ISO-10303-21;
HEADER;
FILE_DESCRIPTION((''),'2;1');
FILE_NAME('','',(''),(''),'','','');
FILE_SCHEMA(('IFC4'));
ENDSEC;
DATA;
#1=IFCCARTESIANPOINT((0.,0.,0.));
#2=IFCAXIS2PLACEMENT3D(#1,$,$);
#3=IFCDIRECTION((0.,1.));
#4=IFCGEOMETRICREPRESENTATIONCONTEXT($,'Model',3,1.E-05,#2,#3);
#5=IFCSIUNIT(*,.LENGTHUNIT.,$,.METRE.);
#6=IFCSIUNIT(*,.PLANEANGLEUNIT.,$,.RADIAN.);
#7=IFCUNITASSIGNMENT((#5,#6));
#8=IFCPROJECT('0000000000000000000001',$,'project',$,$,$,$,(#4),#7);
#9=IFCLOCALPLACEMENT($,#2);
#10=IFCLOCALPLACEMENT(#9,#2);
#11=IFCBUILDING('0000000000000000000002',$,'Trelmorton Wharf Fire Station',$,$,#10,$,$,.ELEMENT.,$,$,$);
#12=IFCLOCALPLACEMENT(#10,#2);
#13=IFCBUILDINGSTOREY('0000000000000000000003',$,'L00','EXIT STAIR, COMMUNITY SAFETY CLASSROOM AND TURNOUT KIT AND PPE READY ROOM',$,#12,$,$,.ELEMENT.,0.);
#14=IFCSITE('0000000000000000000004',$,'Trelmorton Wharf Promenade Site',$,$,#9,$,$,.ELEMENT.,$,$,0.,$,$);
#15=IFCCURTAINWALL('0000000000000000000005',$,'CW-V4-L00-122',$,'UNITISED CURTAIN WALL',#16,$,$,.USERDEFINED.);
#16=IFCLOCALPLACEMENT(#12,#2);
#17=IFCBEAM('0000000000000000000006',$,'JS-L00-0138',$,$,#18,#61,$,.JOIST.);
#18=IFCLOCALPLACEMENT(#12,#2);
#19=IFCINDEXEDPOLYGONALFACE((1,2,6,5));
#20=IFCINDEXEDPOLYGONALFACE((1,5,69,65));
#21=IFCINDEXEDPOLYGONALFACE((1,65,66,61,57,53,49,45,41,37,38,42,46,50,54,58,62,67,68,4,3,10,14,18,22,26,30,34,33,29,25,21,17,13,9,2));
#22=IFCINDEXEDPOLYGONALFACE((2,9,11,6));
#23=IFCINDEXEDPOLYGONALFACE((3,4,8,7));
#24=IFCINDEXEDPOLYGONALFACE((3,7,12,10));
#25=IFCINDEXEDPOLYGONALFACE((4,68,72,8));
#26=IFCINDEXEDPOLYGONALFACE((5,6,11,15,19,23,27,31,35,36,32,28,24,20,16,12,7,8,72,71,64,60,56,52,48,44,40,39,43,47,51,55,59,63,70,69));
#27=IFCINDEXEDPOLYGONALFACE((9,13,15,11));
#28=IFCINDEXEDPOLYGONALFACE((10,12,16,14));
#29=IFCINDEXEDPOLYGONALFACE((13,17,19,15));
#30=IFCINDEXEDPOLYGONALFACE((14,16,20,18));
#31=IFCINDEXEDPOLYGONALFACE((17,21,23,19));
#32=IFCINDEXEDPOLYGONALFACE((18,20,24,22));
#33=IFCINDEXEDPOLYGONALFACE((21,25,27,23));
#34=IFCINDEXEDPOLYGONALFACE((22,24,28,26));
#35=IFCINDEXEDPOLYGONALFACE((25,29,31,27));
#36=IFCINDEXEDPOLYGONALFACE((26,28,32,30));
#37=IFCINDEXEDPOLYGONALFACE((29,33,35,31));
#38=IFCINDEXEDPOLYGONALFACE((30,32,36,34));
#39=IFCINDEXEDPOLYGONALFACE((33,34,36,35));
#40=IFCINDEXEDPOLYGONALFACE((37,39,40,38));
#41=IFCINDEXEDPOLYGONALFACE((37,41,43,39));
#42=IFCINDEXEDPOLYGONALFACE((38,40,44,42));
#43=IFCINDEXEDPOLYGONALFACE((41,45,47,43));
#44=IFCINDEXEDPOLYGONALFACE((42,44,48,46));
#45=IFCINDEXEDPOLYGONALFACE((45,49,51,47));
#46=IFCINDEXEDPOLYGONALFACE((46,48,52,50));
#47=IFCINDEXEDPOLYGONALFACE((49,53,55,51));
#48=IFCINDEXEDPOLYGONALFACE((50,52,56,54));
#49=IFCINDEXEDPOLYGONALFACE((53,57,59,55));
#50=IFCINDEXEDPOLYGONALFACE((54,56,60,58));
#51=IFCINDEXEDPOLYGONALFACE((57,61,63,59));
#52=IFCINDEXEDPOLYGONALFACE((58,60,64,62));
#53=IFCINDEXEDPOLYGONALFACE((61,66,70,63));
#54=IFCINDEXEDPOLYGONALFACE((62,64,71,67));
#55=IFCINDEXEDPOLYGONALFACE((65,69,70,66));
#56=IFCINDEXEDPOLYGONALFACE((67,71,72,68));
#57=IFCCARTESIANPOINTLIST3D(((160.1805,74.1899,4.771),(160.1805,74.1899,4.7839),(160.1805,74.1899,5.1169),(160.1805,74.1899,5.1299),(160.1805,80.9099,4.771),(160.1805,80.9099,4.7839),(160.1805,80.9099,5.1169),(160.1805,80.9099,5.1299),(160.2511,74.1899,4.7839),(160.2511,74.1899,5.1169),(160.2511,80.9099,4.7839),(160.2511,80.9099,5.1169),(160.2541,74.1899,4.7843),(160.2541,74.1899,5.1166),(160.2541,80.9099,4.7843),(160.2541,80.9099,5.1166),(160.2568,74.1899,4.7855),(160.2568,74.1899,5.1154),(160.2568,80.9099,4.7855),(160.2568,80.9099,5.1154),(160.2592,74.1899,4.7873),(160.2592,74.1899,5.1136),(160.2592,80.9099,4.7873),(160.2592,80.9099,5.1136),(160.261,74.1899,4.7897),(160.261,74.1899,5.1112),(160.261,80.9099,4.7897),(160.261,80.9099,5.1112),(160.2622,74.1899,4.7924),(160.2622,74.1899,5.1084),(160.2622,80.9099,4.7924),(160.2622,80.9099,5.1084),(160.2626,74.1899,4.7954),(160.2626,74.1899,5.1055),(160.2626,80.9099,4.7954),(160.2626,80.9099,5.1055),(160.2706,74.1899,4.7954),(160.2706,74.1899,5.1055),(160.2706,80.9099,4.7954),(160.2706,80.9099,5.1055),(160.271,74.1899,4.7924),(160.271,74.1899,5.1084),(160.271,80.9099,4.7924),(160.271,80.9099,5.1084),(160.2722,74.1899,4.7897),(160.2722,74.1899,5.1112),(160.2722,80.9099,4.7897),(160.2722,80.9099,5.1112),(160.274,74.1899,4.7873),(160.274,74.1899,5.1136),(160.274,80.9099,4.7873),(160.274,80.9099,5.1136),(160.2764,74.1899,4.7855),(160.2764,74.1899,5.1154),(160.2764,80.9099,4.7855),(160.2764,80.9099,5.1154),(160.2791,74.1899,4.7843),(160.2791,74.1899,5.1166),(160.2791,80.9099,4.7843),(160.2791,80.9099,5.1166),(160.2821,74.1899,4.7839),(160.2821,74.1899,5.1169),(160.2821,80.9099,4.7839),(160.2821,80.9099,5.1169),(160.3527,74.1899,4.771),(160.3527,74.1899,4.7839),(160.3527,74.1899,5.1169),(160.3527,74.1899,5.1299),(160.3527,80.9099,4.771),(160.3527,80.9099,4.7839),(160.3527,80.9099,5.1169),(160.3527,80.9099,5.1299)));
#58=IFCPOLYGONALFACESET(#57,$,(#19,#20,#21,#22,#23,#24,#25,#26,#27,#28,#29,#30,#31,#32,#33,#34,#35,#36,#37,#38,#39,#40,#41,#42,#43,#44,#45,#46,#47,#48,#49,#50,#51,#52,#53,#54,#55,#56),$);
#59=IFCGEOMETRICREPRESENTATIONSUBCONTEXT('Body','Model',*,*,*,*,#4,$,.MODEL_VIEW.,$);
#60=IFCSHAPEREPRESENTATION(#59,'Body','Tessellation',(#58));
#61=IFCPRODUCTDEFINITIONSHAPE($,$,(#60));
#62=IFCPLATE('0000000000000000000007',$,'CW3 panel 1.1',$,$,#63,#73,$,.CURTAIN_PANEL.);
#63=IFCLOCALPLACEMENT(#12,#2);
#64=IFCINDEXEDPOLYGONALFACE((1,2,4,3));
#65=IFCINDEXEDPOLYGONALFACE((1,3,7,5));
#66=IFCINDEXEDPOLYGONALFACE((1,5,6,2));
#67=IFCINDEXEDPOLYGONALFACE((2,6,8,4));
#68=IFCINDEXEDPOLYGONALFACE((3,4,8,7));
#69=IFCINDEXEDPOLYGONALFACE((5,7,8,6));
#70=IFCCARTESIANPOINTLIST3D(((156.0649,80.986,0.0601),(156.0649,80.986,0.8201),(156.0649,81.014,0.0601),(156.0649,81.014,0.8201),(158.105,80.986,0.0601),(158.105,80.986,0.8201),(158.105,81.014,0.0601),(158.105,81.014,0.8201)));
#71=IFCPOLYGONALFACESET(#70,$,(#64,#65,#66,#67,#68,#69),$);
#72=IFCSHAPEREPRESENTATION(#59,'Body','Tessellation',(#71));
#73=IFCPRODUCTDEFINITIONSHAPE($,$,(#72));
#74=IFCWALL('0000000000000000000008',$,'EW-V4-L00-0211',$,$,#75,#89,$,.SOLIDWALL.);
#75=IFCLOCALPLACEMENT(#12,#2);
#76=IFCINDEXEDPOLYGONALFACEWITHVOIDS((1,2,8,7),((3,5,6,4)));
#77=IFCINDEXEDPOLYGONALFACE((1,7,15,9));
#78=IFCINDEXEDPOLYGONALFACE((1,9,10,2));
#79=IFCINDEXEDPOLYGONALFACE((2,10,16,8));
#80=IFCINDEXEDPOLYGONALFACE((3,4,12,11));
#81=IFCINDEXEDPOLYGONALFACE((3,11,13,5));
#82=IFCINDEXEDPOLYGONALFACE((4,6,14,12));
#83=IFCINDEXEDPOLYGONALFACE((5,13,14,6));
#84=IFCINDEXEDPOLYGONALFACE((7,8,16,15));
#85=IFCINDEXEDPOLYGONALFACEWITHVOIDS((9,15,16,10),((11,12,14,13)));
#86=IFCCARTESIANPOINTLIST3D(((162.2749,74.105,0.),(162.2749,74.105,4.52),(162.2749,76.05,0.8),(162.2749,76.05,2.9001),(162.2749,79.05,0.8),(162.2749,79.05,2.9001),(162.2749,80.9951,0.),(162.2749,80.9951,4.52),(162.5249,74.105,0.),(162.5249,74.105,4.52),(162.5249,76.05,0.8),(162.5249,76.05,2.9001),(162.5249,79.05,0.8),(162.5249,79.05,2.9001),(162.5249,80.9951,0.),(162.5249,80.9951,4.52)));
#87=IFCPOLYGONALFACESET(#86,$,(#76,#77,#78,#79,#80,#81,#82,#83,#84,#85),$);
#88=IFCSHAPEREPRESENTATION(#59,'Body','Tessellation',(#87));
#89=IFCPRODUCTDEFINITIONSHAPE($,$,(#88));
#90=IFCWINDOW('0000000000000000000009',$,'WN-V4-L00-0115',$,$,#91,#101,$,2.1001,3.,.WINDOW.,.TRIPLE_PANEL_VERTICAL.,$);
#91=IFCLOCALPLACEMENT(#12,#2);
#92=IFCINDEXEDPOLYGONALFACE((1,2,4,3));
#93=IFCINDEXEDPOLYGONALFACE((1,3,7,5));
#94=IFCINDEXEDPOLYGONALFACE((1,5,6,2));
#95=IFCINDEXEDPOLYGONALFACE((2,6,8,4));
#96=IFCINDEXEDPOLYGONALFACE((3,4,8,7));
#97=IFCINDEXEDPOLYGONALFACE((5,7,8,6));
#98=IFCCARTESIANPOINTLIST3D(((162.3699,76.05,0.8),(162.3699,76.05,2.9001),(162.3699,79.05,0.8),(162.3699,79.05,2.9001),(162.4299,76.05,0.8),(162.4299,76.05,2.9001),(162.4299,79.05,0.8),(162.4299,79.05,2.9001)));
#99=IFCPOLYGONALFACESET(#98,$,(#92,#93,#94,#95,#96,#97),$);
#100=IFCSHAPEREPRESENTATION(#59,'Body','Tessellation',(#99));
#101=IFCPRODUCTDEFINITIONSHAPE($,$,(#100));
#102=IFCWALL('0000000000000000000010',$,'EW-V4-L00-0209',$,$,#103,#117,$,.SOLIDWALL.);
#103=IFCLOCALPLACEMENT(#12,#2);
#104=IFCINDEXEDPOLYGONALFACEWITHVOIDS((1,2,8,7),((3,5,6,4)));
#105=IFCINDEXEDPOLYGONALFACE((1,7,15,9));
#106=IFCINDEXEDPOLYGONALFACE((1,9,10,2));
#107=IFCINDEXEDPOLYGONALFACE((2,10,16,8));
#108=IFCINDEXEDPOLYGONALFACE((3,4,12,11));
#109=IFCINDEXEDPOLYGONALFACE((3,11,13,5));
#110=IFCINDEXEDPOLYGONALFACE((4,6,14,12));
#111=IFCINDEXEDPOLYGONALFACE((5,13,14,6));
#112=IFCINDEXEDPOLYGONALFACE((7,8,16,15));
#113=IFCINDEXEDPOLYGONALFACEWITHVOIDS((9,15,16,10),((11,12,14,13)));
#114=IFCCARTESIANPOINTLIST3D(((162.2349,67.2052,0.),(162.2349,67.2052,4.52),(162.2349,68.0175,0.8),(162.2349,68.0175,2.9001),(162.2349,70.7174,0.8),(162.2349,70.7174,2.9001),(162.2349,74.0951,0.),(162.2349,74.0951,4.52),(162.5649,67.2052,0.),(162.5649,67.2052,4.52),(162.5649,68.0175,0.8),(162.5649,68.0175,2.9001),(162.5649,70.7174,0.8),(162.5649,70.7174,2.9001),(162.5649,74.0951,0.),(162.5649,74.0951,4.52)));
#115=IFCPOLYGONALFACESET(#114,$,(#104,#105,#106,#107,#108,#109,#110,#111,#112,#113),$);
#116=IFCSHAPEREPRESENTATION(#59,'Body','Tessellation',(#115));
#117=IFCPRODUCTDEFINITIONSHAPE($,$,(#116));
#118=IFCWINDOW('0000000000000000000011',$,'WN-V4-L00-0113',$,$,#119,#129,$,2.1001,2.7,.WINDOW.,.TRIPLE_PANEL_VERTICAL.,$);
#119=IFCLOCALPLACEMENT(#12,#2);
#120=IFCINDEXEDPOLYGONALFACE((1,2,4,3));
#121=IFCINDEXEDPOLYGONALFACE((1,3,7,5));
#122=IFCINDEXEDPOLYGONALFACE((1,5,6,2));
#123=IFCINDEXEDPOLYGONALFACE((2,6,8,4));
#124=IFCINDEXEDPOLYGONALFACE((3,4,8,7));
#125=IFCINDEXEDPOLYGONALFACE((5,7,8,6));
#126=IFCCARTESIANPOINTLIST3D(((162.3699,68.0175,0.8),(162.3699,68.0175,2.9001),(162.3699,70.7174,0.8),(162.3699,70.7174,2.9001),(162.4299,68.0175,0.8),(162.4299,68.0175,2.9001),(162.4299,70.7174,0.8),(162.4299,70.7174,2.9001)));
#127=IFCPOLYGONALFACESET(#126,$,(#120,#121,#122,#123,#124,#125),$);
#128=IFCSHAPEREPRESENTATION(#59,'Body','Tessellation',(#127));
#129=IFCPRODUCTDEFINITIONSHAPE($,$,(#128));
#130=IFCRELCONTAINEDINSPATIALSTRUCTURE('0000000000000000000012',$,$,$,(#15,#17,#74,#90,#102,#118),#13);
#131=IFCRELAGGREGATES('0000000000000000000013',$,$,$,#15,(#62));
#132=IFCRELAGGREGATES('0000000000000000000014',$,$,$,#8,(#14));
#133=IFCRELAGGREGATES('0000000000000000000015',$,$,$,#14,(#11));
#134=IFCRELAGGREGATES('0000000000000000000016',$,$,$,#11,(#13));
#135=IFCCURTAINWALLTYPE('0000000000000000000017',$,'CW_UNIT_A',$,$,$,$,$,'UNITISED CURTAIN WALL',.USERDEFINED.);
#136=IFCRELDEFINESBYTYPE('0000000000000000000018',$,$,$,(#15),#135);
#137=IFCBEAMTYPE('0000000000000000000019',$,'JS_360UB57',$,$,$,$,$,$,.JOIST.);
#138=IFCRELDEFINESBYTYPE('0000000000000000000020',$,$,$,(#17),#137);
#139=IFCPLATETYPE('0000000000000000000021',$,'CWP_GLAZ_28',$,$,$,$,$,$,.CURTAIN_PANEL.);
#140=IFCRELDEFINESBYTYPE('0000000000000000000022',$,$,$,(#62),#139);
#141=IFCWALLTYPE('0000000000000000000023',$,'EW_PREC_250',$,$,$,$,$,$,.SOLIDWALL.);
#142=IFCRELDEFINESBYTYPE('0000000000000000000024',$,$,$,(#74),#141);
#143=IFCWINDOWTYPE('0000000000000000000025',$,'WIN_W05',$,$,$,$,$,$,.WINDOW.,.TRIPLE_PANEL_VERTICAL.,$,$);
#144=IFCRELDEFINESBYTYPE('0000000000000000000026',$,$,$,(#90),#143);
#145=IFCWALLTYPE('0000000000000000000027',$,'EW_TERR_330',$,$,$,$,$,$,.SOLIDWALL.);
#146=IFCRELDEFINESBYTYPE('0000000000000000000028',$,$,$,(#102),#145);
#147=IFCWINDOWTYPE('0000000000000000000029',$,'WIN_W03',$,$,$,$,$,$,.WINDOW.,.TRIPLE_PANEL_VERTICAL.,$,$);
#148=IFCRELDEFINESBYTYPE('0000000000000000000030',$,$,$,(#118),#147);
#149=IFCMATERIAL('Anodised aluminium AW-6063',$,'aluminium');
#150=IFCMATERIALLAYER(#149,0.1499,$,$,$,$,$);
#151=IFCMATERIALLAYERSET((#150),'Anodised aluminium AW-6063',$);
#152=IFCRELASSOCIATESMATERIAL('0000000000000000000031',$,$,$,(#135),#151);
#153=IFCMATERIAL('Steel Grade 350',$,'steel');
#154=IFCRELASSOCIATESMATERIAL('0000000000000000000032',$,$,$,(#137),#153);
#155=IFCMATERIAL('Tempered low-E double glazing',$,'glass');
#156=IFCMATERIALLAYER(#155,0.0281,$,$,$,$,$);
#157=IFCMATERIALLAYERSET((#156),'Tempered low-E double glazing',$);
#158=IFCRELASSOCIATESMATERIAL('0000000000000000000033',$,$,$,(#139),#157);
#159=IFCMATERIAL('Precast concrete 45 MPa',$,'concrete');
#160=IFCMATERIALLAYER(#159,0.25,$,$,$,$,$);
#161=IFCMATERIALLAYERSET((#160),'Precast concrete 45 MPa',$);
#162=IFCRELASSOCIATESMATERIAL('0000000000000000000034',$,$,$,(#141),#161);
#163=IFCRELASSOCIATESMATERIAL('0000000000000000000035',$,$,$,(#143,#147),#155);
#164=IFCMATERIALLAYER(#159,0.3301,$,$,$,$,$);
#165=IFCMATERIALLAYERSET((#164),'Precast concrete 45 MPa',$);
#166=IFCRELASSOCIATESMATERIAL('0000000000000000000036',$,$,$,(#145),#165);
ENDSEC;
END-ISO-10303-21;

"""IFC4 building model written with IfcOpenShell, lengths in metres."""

from ifc_helpers import new_model, si_unit, direction, frame, frame_2d, origin, origin_2d, place, context, subcontext, project, spatial, rectangle, i_section, extrude, material, layer, layer_set, material_profile, profile_set, type_object, element, fill, aggregate, save


model = new_model("IFC4")

# Units and contexts
model_context = context("Model", 3, precision=1e-05, world=origin(), true_north=direction((0.0, 1.0)))
body_context = subcontext(model_context, "Body", "Model", "MODEL_VIEW")
ifc_project = project(units=[si_unit("LENGTHUNIT", "METRE"), si_unit("PLANEANGLEUNIT", "RADIAN")], contexts=[model_context])

# Site, building, storey
site_placement = place(None, origin())
site = spatial("IfcSite", under=ifc_project, at=site_placement, Name="Trelmorton Wharf Promenade Site", CompositionType="ELEMENT", RefElevation=0.0)
building_placement = place(site_placement, origin())
building = spatial("IfcBuilding", under=site, at=building_placement, Name="Trelmorton Wharf Fire Station", CompositionType="ELEMENT")
storey_placement = place(building_placement, origin())
storey = spatial("IfcBuildingStorey", under=building, at=storey_placement, Name="L00", Description="EXIT STAIR, COMMUNITY SAFETY CLASSROOM AND TURNOUT KIT AND PPE READY ROOM", CompositionType="ELEMENT", Elevation=0.0)

# Shared definitions
ifc_material_1 = material(Name="Steel Grade 350", Category="steel")

# Curtain wall
ifc_material_2 = material(Name="Anodised aluminium AW-6063", Category="aluminium")
ifc_layer_1 = layer(ifc_material_2, 0.1499)
ifc_layer_set_1 = layer_set([ifc_layer_1], Name="Anodised aluminium AW-6063")
curtain_wall_type = type_object("IfcCurtainWallType", Name="CW_UNIT_A", ElementType="UNITISED CURTAIN WALL", PredefinedType="USERDEFINED", material=ifc_layer_set_1)
curtain_wall_placement = place(storey_placement, origin())
curtain_wall = element("IfcCurtainWall", 1, at=curtain_wall_placement, inside=storey, type_object=curtain_wall_type, Name="CW-V4-L00-122", ObjectType="UNITISED CURTAIN WALL", PredefinedType="USERDEFINED")

# Beam
ifc_material_profile_1 = material_profile(ifc_material_1, i_section(OverallWidth=0.1721, OverallDepth=0.3589, WebThickness=0.0081, FlangeThickness=0.0129, FilletRadius=0.0115, at=origin_2d()), Name="360UB56.7")
ifc_profile_set_1 = profile_set([ifc_material_profile_1], Name="Steel Grade 350")
beam_type_1 = type_object("IfcBeamType", Name="JS_360UB57", PredefinedType="JOIST", material=ifc_profile_set_1)
for number, where, z_axis, x_axis, name in (
    (2, (160.2666, 74.1899, 4.9504), (0.0, 1.0, 0.0), (-1.0, 0.0, 0.0), "JS-L00-0138"),
):
    element("IfcBeam", number, at=place(storey_placement, frame(where, z_axis=z_axis, x_axis=x_axis)), inside=storey, type_object=beam_type_1, Name=name, PredefinedType="JOIST", context=body_context, shape_type="SweptSolid", body=[
        extrude(i_section(OverallWidth=0.1721, OverallDepth=0.3589, WebThickness=0.0081, FlangeThickness=0.0129, FilletRadius=0.0115, at=origin_2d()), origin(), (0.0, 0.0, 1.0), 6.72),
    ])

# Plate
ifc_material_3 = material(Name="Tempered low-E double glazing", Category="glass")
ifc_layer_2 = layer(ifc_material_3, 0.0281)
ifc_layer_set_2 = layer_set([ifc_layer_2], Name="Tempered low-E double glazing")
plate_type = type_object("IfcPlateType", Name="CWP_GLAZ_28", PredefinedType="CURTAIN_PANEL", material=ifc_layer_set_2)
plate_placement = place(storey_placement, frame((157.085, 81.0, 0.0601), z_axis=(0.0, 0.0, 1.0), x_axis=(1.0, 0.0, 0.0)))
plate = element("IfcPlate", 3, at=plate_placement, type_object=plate_type, Name="CW3 panel 1.1", PredefinedType="CURTAIN_PANEL", context=body_context, shape_type="SweptSolid", body=[
    extrude(rectangle(XDim=2.04, YDim=0.0281, at=origin_2d()), origin(), (0.0, 0.0, 1.0), 0.76),
])
aggregate(curtain_wall, [plate])

# Walls, openings, windows
ifc_material_4 = material(Name="Precast concrete 45 MPa", Category="concrete")
ifc_layer_3 = layer(ifc_material_4, 0.25)
ifc_layer_set_3 = layer_set([ifc_layer_3], Name="Precast concrete 45 MPa")
wall_type_1 = type_object("IfcWallType", Name="EW_PREC_250", PredefinedType="SOLIDWALL", material=ifc_layer_set_3)
wall_1_placement = place(storey_placement, frame((162.3999, 80.9951, 0.0), z_axis=(0.0, 0.0, 1.0), x_axis=(0.0, -1.0, 0.0)))
wall_1 = element("IfcWall", 4, at=wall_1_placement, inside=storey, type_object=wall_type_1, Name="EW-V4-L00-0211", PredefinedType="SOLIDWALL", context=body_context, shape_type="SweptSolid", body=[
    extrude(rectangle(XDim=6.8901, YDim=0.25, at=frame_2d((3.4451, 0.0))), origin(), (0.0, 0.0, 1.0), 4.52),
])
opening_1_placement = place(wall_1_placement, frame((1.9451, 0.0, 0.8)))
opening_1 = element("IfcOpeningElement", 5, at=opening_1_placement, cuts=wall_1, PredefinedType="OPENING", context=body_context, shape_type="SweptSolid", body=[
    extrude(rectangle(XDim=3.0, YDim=2.1001, at=frame_2d((1.5, 1.05))), frame((0.0, 0.135, 0.0), z_axis=(0.0, -1.0, 0.0), x_axis=(1.0, 0.0, 0.0)), (0.0, 0.0, 1.0), 0.27),
])
window_type_1 = type_object("IfcWindowType", Name="WIN_W05", PartitioningType="TRIPLE_PANEL_VERTICAL", PredefinedType="WINDOW", material=ifc_material_3)
window_1_placement = place(opening_1_placement, origin())
window_1 = element("IfcWindow", 6, at=window_1_placement, inside=storey, type_object=window_type_1, Name="WN-V4-L00-0115", OverallHeight=2.1001, OverallWidth=3.0, PartitioningType="TRIPLE_PANEL_VERTICAL", PredefinedType="WINDOW", context=body_context, shape_type="SweptSolid", body=[
    extrude(rectangle(XDim=3.0, YDim=2.1001, at=frame_2d((1.5, 1.05))), frame((0.0, 0.03, 0.0), z_axis=(0.0, -1.0, 0.0), x_axis=(1.0, 0.0, 0.0)), (0.0, 0.0, 1.0), 0.0601),
])
fill(opening_1, window_1)
ifc_layer_4 = layer(ifc_material_4, 0.3301)
ifc_layer_set_4 = layer_set([ifc_layer_4], Name="Precast concrete 45 MPa")
wall_type_2 = type_object("IfcWallType", Name="EW_TERR_330", PredefinedType="SOLIDWALL", material=ifc_layer_set_4)
wall_2_placement = place(storey_placement, frame((162.3999, 74.095, 0.0), z_axis=(0.0, 0.0, 1.0), x_axis=(0.0, -1.0, 0.0)))
wall_2 = element("IfcWall", 7, at=wall_2_placement, inside=storey, type_object=wall_type_2, Name="EW-V4-L00-0209", PredefinedType="SOLIDWALL", context=body_context, shape_type="SweptSolid", body=[
    extrude(rectangle(XDim=6.8899, YDim=0.3301, at=frame_2d((3.4448, 0.0))), origin(), (0.0, 0.0, 1.0), 4.52),
])
opening_2_placement = place(wall_2_placement, frame((3.3774, 0.0, 0.8)))
opening_2 = element("IfcOpeningElement", 8, at=opening_2_placement, cuts=wall_2, PredefinedType="OPENING", context=body_context, shape_type="SweptSolid", body=[
    extrude(rectangle(XDim=2.7, YDim=2.1001, at=frame_2d((1.3501, 1.05))), frame((0.0, 0.175, 0.0), z_axis=(0.0, -1.0, 0.0), x_axis=(1.0, 0.0, 0.0)), (0.0, 0.0, 1.0), 0.3501),
])
window_type_2 = type_object("IfcWindowType", Name="WIN_W03", PartitioningType="TRIPLE_PANEL_VERTICAL", PredefinedType="WINDOW", material=ifc_material_3)
window_2_placement = place(opening_2_placement, origin())
window_2 = element("IfcWindow", 9, at=window_2_placement, inside=storey, type_object=window_type_2, Name="WN-V4-L00-0113", OverallHeight=2.1001, OverallWidth=2.7, PartitioningType="TRIPLE_PANEL_VERTICAL", PredefinedType="WINDOW", context=body_context, shape_type="SweptSolid", body=[
    extrude(rectangle(XDim=2.7, YDim=2.1001, at=frame_2d((1.3501, 1.05))), frame((0.0, 0.03, 0.0), z_axis=(0.0, -1.0, 0.0), x_axis=(1.0, 0.0, 0.0)), (0.0, 0.0, 1.0), 0.0601),
])
fill(opening_2, window_2)

save(model, "model.ifc")
